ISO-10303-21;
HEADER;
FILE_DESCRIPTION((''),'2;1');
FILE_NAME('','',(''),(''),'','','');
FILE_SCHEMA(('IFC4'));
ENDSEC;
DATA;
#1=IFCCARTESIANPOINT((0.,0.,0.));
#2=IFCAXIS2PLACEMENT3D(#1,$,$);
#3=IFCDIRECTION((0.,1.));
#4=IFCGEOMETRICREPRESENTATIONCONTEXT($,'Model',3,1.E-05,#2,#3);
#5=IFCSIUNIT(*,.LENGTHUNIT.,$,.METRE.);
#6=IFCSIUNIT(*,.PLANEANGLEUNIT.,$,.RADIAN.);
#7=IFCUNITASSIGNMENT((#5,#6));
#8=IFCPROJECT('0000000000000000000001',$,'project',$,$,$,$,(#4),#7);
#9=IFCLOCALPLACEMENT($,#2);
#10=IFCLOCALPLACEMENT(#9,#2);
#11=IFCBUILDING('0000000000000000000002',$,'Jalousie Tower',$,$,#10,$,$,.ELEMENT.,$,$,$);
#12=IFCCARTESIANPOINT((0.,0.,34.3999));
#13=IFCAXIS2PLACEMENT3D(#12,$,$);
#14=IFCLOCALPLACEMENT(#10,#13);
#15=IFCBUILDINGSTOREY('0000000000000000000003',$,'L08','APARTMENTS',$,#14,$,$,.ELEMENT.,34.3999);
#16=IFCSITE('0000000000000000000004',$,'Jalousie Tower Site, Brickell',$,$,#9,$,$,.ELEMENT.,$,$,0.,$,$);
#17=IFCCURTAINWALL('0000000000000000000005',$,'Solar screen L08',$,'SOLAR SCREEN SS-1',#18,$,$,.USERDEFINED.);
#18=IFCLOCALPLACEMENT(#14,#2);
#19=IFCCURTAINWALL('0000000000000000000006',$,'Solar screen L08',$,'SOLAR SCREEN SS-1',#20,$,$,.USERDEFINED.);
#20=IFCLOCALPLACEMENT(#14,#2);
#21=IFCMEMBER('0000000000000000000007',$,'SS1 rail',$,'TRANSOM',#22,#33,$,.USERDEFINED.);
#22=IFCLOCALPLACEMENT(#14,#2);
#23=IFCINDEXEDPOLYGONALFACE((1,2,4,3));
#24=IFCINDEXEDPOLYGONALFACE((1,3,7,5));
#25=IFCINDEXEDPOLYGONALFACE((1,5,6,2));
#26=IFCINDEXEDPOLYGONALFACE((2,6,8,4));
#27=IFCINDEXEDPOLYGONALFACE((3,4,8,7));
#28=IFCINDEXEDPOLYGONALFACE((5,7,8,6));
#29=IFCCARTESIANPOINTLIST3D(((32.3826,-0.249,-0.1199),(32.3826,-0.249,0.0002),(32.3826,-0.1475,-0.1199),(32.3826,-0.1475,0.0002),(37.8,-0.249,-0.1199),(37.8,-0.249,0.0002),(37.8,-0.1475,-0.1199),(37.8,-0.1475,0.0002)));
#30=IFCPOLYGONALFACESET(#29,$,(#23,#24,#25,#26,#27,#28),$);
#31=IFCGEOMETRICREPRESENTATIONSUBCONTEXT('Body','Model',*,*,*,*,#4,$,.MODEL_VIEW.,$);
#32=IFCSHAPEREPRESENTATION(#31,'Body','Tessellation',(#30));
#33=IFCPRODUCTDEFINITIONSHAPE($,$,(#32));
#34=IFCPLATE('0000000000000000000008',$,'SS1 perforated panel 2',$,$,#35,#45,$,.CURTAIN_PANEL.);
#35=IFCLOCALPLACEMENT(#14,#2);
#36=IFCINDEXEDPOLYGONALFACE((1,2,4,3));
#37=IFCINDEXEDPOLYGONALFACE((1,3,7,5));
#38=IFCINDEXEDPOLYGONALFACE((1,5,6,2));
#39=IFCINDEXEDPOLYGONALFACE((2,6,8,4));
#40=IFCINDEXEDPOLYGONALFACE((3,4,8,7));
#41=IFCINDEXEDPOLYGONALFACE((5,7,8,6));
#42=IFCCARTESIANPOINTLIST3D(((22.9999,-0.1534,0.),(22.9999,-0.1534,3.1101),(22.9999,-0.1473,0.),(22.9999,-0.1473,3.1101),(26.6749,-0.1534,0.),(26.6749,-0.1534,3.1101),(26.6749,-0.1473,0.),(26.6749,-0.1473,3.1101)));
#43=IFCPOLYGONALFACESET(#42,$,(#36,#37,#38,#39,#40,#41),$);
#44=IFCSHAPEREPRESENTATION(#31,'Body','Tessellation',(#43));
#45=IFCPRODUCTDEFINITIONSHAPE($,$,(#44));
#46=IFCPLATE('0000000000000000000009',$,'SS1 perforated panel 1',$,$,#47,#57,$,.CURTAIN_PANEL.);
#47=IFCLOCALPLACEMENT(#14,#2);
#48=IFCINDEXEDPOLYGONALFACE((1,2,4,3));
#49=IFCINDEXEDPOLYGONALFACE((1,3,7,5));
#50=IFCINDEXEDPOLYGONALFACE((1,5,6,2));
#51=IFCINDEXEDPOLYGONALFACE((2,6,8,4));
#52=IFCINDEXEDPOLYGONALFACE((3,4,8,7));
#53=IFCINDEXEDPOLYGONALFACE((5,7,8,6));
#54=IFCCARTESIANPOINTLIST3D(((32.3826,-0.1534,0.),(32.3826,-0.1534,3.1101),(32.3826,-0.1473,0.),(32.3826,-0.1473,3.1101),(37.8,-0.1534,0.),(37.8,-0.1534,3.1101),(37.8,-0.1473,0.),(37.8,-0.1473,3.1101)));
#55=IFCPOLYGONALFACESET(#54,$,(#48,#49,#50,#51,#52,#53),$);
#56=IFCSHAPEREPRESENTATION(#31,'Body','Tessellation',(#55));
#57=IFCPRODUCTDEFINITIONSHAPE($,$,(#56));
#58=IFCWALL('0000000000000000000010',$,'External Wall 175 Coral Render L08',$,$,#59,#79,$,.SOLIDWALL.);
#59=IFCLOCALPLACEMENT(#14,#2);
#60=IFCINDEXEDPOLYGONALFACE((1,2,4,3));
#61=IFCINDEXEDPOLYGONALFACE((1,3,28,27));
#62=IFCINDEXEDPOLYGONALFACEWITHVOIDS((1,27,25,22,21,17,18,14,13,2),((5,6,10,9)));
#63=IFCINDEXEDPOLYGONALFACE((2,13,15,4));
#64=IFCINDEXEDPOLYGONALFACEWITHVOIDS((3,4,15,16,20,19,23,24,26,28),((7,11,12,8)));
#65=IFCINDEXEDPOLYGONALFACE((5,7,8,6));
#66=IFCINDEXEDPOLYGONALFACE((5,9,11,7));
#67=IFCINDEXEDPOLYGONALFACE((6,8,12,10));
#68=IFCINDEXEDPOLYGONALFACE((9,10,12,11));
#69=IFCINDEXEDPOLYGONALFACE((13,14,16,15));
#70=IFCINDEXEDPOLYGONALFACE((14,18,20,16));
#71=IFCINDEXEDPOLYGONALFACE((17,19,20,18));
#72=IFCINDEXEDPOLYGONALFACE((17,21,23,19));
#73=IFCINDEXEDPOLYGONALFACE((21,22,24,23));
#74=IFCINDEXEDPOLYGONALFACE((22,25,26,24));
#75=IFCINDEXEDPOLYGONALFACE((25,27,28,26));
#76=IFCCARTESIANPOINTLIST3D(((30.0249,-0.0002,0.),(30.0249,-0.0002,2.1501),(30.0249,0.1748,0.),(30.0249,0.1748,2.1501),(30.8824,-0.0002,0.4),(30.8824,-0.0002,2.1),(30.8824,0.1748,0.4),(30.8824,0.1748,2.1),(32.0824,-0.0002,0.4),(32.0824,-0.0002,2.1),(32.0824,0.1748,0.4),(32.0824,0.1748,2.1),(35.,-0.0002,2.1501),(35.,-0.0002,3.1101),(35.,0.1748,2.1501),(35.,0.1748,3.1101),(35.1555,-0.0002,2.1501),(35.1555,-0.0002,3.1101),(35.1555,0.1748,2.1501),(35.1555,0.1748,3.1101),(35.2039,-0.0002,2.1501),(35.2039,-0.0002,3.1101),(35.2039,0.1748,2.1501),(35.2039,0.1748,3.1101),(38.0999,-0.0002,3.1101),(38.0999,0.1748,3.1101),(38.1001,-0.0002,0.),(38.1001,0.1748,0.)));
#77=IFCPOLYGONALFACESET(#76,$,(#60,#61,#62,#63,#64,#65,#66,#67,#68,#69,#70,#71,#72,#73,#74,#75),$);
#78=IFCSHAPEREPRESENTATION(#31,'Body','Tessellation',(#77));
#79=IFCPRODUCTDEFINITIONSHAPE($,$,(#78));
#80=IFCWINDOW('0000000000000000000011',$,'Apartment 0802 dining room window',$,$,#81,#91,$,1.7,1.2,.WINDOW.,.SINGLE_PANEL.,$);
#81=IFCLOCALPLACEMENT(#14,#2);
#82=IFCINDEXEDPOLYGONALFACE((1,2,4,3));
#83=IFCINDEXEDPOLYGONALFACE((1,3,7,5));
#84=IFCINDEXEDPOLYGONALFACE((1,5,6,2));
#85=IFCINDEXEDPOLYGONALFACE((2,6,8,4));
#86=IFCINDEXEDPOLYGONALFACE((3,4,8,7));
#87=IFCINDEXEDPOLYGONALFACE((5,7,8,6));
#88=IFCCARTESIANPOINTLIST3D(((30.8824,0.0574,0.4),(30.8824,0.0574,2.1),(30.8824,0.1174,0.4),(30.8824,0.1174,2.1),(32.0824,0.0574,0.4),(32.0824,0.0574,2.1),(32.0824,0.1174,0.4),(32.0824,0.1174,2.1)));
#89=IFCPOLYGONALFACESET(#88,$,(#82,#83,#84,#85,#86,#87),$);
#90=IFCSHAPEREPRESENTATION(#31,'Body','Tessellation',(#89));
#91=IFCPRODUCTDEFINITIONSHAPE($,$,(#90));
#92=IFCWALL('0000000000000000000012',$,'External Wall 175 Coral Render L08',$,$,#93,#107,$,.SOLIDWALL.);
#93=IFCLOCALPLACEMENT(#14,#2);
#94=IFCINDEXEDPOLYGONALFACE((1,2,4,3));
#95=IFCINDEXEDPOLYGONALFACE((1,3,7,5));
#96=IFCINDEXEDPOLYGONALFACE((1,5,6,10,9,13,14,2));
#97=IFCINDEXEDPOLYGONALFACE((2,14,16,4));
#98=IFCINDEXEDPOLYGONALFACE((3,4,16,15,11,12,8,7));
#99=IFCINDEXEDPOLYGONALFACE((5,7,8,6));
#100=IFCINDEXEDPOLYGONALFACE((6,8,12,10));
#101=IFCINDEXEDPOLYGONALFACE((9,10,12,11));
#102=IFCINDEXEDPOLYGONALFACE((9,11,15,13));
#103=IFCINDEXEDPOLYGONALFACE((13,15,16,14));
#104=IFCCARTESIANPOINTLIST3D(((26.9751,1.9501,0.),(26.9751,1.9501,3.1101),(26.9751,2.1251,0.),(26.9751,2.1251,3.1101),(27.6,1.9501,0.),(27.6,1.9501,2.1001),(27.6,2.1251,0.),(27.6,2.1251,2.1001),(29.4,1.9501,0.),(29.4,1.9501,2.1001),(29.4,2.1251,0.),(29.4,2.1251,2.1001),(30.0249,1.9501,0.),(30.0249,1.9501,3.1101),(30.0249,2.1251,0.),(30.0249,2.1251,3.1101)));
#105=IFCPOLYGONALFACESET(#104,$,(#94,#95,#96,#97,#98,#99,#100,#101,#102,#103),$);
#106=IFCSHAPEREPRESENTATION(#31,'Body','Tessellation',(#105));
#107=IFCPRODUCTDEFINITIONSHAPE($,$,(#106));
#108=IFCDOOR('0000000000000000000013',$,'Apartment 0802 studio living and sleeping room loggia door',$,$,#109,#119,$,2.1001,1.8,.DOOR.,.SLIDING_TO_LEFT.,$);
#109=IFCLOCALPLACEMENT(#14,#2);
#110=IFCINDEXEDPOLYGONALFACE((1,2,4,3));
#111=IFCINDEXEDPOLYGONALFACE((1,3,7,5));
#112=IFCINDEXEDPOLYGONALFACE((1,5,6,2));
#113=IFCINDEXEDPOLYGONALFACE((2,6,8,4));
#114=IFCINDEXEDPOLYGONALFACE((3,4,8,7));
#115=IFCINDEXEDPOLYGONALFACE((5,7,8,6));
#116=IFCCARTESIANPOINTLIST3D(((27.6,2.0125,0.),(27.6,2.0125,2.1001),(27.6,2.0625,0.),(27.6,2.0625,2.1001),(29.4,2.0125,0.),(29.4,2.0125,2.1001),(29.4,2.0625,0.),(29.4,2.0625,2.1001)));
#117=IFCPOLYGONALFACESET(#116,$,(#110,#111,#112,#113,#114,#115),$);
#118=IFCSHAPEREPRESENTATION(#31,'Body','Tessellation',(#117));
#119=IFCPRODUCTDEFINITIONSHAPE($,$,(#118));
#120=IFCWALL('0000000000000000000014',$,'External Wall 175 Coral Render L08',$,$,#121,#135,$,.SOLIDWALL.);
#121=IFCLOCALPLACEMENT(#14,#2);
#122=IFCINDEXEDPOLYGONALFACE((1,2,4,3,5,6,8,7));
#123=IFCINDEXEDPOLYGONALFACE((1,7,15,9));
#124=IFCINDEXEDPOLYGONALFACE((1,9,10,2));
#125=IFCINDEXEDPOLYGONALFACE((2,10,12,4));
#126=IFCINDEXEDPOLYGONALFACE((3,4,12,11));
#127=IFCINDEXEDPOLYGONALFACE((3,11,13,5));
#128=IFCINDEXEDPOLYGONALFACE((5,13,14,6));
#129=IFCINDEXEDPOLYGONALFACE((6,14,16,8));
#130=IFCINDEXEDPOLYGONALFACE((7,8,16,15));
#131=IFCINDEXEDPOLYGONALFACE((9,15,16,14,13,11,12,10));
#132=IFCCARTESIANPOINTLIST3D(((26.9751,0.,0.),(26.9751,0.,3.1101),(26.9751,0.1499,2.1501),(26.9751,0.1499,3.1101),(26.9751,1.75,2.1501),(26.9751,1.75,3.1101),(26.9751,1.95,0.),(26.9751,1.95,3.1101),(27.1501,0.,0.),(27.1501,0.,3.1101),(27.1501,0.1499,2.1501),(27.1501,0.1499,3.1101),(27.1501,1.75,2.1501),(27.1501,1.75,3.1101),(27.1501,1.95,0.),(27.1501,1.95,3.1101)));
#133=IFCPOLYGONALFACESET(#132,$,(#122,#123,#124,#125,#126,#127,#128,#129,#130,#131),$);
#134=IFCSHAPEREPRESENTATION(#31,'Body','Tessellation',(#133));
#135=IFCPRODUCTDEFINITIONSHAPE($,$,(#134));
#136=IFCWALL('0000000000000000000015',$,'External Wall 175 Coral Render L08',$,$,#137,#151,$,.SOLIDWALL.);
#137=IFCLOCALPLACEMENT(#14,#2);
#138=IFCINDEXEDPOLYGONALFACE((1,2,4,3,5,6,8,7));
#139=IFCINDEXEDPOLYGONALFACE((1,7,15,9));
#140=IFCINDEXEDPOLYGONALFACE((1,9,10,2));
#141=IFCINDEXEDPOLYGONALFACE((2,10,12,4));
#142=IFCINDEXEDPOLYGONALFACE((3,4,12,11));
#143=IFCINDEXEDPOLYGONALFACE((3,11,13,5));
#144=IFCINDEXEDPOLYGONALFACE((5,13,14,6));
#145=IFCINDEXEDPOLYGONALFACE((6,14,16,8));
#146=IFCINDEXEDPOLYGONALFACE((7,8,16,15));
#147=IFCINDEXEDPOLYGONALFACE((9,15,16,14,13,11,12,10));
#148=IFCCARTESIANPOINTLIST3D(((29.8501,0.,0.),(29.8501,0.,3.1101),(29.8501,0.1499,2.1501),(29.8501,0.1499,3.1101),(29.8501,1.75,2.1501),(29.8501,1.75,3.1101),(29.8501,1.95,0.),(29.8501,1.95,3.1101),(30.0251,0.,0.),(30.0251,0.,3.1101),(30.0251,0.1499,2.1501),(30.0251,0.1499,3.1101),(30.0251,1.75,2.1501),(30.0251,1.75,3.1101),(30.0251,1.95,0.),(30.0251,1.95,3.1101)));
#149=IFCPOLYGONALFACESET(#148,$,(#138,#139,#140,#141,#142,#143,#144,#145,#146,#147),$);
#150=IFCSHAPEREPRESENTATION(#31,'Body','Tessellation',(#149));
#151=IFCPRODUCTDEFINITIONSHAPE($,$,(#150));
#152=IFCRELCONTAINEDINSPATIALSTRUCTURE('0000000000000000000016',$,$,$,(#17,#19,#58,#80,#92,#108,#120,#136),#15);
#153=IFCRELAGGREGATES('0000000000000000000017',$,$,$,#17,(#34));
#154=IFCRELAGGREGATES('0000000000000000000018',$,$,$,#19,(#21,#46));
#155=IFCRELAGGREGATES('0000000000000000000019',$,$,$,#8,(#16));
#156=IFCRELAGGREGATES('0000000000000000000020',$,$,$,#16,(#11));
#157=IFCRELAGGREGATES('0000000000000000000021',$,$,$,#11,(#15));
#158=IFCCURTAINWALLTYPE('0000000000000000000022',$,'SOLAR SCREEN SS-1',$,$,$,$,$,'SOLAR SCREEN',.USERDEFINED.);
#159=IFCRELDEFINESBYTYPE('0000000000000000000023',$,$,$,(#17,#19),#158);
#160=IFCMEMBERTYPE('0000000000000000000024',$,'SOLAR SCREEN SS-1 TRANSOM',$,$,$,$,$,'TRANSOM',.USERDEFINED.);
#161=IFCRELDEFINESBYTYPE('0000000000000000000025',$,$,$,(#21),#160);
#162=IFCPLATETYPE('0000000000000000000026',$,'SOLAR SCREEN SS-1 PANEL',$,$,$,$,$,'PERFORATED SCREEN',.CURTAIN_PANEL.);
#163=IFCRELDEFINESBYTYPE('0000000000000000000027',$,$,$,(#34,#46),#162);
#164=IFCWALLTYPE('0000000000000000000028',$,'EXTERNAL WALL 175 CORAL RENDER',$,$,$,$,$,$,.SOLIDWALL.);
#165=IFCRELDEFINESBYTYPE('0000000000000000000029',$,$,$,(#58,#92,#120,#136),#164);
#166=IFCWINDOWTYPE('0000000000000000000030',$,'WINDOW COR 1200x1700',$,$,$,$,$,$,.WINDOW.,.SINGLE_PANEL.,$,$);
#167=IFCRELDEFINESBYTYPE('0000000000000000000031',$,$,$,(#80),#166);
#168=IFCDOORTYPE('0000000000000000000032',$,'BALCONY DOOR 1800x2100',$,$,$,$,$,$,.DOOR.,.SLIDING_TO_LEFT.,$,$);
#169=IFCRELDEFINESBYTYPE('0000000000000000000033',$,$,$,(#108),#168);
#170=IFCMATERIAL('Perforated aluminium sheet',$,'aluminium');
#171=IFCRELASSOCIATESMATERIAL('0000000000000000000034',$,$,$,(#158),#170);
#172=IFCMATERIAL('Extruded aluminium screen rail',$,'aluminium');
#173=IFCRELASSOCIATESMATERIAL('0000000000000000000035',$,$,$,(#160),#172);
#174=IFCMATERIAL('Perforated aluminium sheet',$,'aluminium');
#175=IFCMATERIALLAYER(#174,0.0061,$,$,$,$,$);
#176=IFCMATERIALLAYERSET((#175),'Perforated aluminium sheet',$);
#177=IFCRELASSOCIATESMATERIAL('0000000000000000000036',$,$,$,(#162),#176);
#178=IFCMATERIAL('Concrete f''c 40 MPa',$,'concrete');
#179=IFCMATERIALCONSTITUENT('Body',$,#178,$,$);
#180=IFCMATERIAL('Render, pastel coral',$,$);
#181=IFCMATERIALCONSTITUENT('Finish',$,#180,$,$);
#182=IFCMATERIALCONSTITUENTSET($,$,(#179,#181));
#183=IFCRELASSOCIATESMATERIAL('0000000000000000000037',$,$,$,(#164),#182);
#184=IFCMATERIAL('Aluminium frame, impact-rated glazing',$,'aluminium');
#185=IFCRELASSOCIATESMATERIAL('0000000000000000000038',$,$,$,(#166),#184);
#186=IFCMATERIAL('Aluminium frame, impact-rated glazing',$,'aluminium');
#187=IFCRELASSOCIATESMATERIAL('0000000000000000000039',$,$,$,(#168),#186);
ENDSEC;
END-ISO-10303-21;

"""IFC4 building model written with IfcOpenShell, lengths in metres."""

from ifc_helpers import new_model, si_unit, direction, frame, frame_2d, origin, origin_2d, place, context, subcontext, project, spatial, polyline, rectangle, outline, extrude, material, layer, layer_set, constituent, constituent_set, material_profile, profile_set, type_object, element, fill, aggregate, save


model = new_model("IFC4")

# Units and contexts
model_context = context("Model", 3, precision=1e-05, world=origin(), true_north=direction((0.0, 1.0)))
body_context = subcontext(model_context, "Body", "Model", "MODEL_VIEW")
ifc_project = project(units=[si_unit("LENGTHUNIT", "METRE"), si_unit("PLANEANGLEUNIT", "RADIAN")], contexts=[model_context])

# Site, building, storey
site_placement = place(None, origin())
site = spatial("IfcSite", under=ifc_project, at=site_placement, Name="Jalousie Tower Site, Brickell", CompositionType="ELEMENT", RefElevation=0.0)
building_placement = place(site_placement, origin())
building = spatial("IfcBuilding", under=site, at=building_placement, Name="Jalousie Tower", CompositionType="ELEMENT")
storey_placement = place(building_placement, frame((0.0, 0.0, 34.3999)))
storey = spatial("IfcBuildingStorey", under=building, at=storey_placement, Name="L08", Description="APARTMENTS", CompositionType="ELEMENT", Elevation=34.3999)

# Curtain wall
ifc_material_1 = material(Name="Perforated aluminium sheet", Category="aluminium")
curtain_wall_type = type_object("IfcCurtainWallType", Name="SOLAR SCREEN SS-1", ElementType="SOLAR SCREEN", PredefinedType="USERDEFINED", material=ifc_material_1)
curtain_wall_1_placement = place(storey_placement, origin())
curtain_wall_1 = element("IfcCurtainWall", 1, at=curtain_wall_1_placement, inside=storey, type_object=curtain_wall_type, Name="Solar screen L08", ObjectType="SOLAR SCREEN SS-1", PredefinedType="USERDEFINED")

# Curtain wall, member
curtain_wall_2_placement = place(storey_placement, origin())
curtain_wall_2 = element("IfcCurtainWall", 2, at=curtain_wall_2_placement, inside=storey, type_object=curtain_wall_type, Name="Solar screen L08", ObjectType="SOLAR SCREEN SS-1", PredefinedType="USERDEFINED")
ifc_material_2 = material(Name="Extruded aluminium screen rail", Category="aluminium")
ifc_material_profile_1 = material_profile(ifc_material_2, rectangle(XDim=0.1016, YDim=0.1201, at=origin_2d()), Name="RAIL 102x120")
ifc_profile_set_1 = profile_set([ifc_material_profile_1], Name="Extruded aluminium screen rail")
member_type_1 = type_object("IfcMemberType", Name="SOLAR SCREEN SS-1 TRANSOM", ElementType="TRANSOM", PredefinedType="USERDEFINED", material=ifc_profile_set_1)
member_1_placement = place(storey_placement, frame((32.3826, -0.1982, -0.0598), z_axis=(1.0, 0.0, 0.0), x_axis=(0.0, 1.0, 0.0)))
member_1 = element("IfcMember", 3, at=member_1_placement, type_object=member_type_1, Name="SS1 rail", ObjectType="TRANSOM", PredefinedType="USERDEFINED", context=body_context, shape_type="SweptSolid", body=[
    extrude(rectangle(XDim=0.1016, YDim=0.1201, at=origin_2d()), origin(), (0.0, 0.0, 1.0), 5.4175),
])

# Plates
ifc_material_3 = material(Name="Perforated aluminium sheet", Category="aluminium")
ifc_layer_1 = layer(ifc_material_3, 0.0061)
ifc_layer_set_1 = layer_set([ifc_layer_1], Name="Perforated aluminium sheet")
plate_type = type_object("IfcPlateType", Name="SOLAR SCREEN SS-1 PANEL", ElementType="PERFORATED SCREEN", PredefinedType="CURTAIN_PANEL", material=ifc_layer_set_1)
plate_1_placement = place(storey_placement, frame((24.8374, -0.1504, 0.0), z_axis=(0.0, 0.0, 1.0), x_axis=(1.0, 0.0, 0.0)))
plate_1 = element("IfcPlate", 4, at=plate_1_placement, type_object=plate_type, Name="SS1 perforated panel 2", PredefinedType="CURTAIN_PANEL", context=body_context, shape_type="SweptSolid", body=[
    extrude(rectangle(XDim=3.675, YDim=0.0061, at=origin_2d()), origin(), (0.0, 0.0, 1.0), 3.1101),
])
aggregate(curtain_wall_1, [plate_1])
plate_2_placement = place(storey_placement, frame((35.0913, -0.1504, 0.0), z_axis=(0.0, 0.0, 1.0), x_axis=(1.0, 0.0, 0.0)))
plate_2 = element("IfcPlate", 5, at=plate_2_placement, type_object=plate_type, Name="SS1 perforated panel 1", PredefinedType="CURTAIN_PANEL", context=body_context, shape_type="SweptSolid", body=[
    extrude(rectangle(XDim=5.4175, YDim=0.0061, at=origin_2d()), origin(), (0.0, 0.0, 1.0), 3.1101),
])
aggregate(curtain_wall_2, [member_1, plate_2])

# Wall, opening, window
ifc_material_4 = material(Name="Concrete f'c 40 MPa", Category="concrete")
ifc_constituent_1 = constituent(ifc_material_4, Name="Body")
ifc_material_5 = material(Name="Render, pastel coral")
ifc_constituent_2 = constituent(ifc_material_5, Name="Finish")
ifc_constituent_set_1 = constituent_set(constituents=[ifc_constituent_1, ifc_constituent_2])
wall_type_1 = type_object("IfcWallType", Name="EXTERNAL WALL 175 CORAL RENDER", PredefinedType="SOLIDWALL", material=ifc_constituent_set_1)
wall_1_placement = place(storey_placement, frame((30.0249, 0.0874, 0.0), z_axis=(0.0, 0.0, 1.0), x_axis=(1.0, 0.0, 0.0)))
wall_1 = element("IfcWall", 6, at=wall_1_placement, inside=storey, type_object=wall_type_1, Name="External Wall 175 Coral Render L08", PredefinedType="SOLIDWALL", context=body_context, shape_type="SweptSolid", body=[
    extrude(outline(polyline([(0.0, 0.0), (8.0752, 0.0), (8.075, 3.1101), (5.179, 3.1101), (5.179, 2.1501), (5.1306, 2.1501), (5.1306, 3.1101), (4.9751, 3.1101), (4.9751, 2.1501), (0.0, 2.1501), (0.0, 0.0)])), frame((0.0, 0.0874, 0.0), z_axis=(0.0, -1.0, 0.0), x_axis=(1.0, 0.0, 0.0)), (0.0, 0.0, 1.0), 0.175),
])
opening_1_placement = place(wall_1_placement, frame((0.8574, 0.0, 0.3999)))
opening_1 = element("IfcOpeningElement", 7, at=opening_1_placement, cuts=wall_1, PredefinedType="OPENING", context=body_context, shape_type="SweptSolid", body=[
    extrude(rectangle(XDim=1.2, YDim=1.7, at=frame_2d((0.6001, 0.8501))), frame((0.0, 0.0974, 0.0), z_axis=(0.0, -1.0, 0.0), x_axis=(1.0, 0.0, 0.0)), (0.0, 0.0, 1.0), 0.1951),
])
ifc_material_6 = material(Name="Aluminium frame, impact-rated glazing", Category="aluminium")
window_type = type_object("IfcWindowType", Name="WINDOW COR 1200x1700", PartitioningType="SINGLE_PANEL", PredefinedType="WINDOW", material=ifc_material_6)
window_placement = place(opening_1_placement, origin())
window = element("IfcWindow", 8, at=window_placement, inside=storey, type_object=window_type, Name="Apartment 0802 dining room window", OverallHeight=1.7, OverallWidth=1.2, PartitioningType="SINGLE_PANEL", PredefinedType="WINDOW", context=body_context, shape_type="SweptSolid", body=[
    extrude(rectangle(XDim=1.2, YDim=1.7, at=frame_2d((0.6001, 0.8501))), frame((0.0, 0.03, 0.0), z_axis=(0.0, -1.0, 0.0), x_axis=(1.0, 0.0, 0.0)), (0.0, 0.0, 1.0), 0.0601),
])
fill(opening_1, window)

# Wall, opening, door
wall_2_placement = place(storey_placement, frame((26.9751, 2.0376, 0.0), z_axis=(0.0, 0.0, 1.0), x_axis=(1.0, 0.0, 0.0)))
wall_2 = element("IfcWall", 9, at=wall_2_placement, inside=storey, type_object=wall_type_1, Name="External Wall 175 Coral Render L08", PredefinedType="SOLIDWALL", context=body_context, shape_type="SweptSolid", body=[
    extrude(rectangle(XDim=3.0498, YDim=0.175, at=frame_2d((1.5249, 0.0))), origin(), (0.0, 0.0, 1.0), 3.1101),
])
opening_2_placement = place(wall_2_placement, frame((0.625, 0.0, 0.0)))
opening_2 = element("IfcOpeningElement", 10, at=opening_2_placement, cuts=wall_2, PredefinedType="OPENING", context=body_context, shape_type="SweptSolid", body=[
    extrude(rectangle(XDim=1.8, YDim=2.1001, at=frame_2d((0.8999, 1.05))), frame((0.0, 0.0974, 0.0), z_axis=(0.0, -1.0, 0.0), x_axis=(1.0, 0.0, 0.0)), (0.0, 0.0, 1.0), 0.1951),
])
ifc_material_7 = material(Name="Aluminium frame, impact-rated glazing", Category="aluminium")
door_type_1 = type_object("IfcDoorType", Name="BALCONY DOOR 1800x2100", OperationType="SLIDING_TO_LEFT", PredefinedType="DOOR", material=ifc_material_7)
door_1_placement = place(opening_2_placement, origin())
door_1 = element("IfcDoor", 11, at=door_1_placement, inside=storey, type_object=door_type_1, Name="Apartment 0802 studio living and sleeping room loggia door", OperationType="SLIDING_TO_LEFT", OverallHeight=2.1001, OverallWidth=1.8, PredefinedType="DOOR", context=body_context, shape_type="SweptSolid", body=[
    extrude(rectangle(XDim=1.8, YDim=2.1001, at=frame_2d((0.8999, 1.05))), frame((0.0, 0.0249, 0.0), z_axis=(0.0, -1.0, 0.0), x_axis=(1.0, 0.0, 0.0)), (0.0, 0.0, 1.0), 0.05),
])
fill(opening_2, door_1)

# Walls
for number, where, z_axis, x_axis, name in (
    (12, (27.0625, 0.0, 0.0), (0.0, 0.0, 1.0), (0.0, 1.0, 0.0), "External Wall 175 Coral Render L08"),
    (13, (29.9375, 0.0, 0.0), (0.0, 0.0, 1.0), (0.0, 1.0, 0.0), "External Wall 175 Coral Render L08"),
):
    element("IfcWall", number, at=place(storey_placement, frame(where, z_axis=z_axis, x_axis=x_axis)), inside=storey, type_object=wall_type_1, Name=name, PredefinedType="SOLIDWALL", context=body_context, shape_type="SweptSolid", body=[
        extrude(outline(polyline([(0.0, 0.0), (1.95, 0.0), (1.95, 3.1101), (1.75, 3.1101), (1.75, 2.1501), (0.1499, 2.1501), (0.1499, 3.1101), (0.0, 3.1101), (0.0, 0.0)])), frame((0.0, 0.0874, 0.0), z_axis=(0.0, -1.0, 0.0), x_axis=(1.0, 0.0, 0.0)), (0.0, 0.0, 1.0), 0.175),
    ])

save(model, "model.ifc")
